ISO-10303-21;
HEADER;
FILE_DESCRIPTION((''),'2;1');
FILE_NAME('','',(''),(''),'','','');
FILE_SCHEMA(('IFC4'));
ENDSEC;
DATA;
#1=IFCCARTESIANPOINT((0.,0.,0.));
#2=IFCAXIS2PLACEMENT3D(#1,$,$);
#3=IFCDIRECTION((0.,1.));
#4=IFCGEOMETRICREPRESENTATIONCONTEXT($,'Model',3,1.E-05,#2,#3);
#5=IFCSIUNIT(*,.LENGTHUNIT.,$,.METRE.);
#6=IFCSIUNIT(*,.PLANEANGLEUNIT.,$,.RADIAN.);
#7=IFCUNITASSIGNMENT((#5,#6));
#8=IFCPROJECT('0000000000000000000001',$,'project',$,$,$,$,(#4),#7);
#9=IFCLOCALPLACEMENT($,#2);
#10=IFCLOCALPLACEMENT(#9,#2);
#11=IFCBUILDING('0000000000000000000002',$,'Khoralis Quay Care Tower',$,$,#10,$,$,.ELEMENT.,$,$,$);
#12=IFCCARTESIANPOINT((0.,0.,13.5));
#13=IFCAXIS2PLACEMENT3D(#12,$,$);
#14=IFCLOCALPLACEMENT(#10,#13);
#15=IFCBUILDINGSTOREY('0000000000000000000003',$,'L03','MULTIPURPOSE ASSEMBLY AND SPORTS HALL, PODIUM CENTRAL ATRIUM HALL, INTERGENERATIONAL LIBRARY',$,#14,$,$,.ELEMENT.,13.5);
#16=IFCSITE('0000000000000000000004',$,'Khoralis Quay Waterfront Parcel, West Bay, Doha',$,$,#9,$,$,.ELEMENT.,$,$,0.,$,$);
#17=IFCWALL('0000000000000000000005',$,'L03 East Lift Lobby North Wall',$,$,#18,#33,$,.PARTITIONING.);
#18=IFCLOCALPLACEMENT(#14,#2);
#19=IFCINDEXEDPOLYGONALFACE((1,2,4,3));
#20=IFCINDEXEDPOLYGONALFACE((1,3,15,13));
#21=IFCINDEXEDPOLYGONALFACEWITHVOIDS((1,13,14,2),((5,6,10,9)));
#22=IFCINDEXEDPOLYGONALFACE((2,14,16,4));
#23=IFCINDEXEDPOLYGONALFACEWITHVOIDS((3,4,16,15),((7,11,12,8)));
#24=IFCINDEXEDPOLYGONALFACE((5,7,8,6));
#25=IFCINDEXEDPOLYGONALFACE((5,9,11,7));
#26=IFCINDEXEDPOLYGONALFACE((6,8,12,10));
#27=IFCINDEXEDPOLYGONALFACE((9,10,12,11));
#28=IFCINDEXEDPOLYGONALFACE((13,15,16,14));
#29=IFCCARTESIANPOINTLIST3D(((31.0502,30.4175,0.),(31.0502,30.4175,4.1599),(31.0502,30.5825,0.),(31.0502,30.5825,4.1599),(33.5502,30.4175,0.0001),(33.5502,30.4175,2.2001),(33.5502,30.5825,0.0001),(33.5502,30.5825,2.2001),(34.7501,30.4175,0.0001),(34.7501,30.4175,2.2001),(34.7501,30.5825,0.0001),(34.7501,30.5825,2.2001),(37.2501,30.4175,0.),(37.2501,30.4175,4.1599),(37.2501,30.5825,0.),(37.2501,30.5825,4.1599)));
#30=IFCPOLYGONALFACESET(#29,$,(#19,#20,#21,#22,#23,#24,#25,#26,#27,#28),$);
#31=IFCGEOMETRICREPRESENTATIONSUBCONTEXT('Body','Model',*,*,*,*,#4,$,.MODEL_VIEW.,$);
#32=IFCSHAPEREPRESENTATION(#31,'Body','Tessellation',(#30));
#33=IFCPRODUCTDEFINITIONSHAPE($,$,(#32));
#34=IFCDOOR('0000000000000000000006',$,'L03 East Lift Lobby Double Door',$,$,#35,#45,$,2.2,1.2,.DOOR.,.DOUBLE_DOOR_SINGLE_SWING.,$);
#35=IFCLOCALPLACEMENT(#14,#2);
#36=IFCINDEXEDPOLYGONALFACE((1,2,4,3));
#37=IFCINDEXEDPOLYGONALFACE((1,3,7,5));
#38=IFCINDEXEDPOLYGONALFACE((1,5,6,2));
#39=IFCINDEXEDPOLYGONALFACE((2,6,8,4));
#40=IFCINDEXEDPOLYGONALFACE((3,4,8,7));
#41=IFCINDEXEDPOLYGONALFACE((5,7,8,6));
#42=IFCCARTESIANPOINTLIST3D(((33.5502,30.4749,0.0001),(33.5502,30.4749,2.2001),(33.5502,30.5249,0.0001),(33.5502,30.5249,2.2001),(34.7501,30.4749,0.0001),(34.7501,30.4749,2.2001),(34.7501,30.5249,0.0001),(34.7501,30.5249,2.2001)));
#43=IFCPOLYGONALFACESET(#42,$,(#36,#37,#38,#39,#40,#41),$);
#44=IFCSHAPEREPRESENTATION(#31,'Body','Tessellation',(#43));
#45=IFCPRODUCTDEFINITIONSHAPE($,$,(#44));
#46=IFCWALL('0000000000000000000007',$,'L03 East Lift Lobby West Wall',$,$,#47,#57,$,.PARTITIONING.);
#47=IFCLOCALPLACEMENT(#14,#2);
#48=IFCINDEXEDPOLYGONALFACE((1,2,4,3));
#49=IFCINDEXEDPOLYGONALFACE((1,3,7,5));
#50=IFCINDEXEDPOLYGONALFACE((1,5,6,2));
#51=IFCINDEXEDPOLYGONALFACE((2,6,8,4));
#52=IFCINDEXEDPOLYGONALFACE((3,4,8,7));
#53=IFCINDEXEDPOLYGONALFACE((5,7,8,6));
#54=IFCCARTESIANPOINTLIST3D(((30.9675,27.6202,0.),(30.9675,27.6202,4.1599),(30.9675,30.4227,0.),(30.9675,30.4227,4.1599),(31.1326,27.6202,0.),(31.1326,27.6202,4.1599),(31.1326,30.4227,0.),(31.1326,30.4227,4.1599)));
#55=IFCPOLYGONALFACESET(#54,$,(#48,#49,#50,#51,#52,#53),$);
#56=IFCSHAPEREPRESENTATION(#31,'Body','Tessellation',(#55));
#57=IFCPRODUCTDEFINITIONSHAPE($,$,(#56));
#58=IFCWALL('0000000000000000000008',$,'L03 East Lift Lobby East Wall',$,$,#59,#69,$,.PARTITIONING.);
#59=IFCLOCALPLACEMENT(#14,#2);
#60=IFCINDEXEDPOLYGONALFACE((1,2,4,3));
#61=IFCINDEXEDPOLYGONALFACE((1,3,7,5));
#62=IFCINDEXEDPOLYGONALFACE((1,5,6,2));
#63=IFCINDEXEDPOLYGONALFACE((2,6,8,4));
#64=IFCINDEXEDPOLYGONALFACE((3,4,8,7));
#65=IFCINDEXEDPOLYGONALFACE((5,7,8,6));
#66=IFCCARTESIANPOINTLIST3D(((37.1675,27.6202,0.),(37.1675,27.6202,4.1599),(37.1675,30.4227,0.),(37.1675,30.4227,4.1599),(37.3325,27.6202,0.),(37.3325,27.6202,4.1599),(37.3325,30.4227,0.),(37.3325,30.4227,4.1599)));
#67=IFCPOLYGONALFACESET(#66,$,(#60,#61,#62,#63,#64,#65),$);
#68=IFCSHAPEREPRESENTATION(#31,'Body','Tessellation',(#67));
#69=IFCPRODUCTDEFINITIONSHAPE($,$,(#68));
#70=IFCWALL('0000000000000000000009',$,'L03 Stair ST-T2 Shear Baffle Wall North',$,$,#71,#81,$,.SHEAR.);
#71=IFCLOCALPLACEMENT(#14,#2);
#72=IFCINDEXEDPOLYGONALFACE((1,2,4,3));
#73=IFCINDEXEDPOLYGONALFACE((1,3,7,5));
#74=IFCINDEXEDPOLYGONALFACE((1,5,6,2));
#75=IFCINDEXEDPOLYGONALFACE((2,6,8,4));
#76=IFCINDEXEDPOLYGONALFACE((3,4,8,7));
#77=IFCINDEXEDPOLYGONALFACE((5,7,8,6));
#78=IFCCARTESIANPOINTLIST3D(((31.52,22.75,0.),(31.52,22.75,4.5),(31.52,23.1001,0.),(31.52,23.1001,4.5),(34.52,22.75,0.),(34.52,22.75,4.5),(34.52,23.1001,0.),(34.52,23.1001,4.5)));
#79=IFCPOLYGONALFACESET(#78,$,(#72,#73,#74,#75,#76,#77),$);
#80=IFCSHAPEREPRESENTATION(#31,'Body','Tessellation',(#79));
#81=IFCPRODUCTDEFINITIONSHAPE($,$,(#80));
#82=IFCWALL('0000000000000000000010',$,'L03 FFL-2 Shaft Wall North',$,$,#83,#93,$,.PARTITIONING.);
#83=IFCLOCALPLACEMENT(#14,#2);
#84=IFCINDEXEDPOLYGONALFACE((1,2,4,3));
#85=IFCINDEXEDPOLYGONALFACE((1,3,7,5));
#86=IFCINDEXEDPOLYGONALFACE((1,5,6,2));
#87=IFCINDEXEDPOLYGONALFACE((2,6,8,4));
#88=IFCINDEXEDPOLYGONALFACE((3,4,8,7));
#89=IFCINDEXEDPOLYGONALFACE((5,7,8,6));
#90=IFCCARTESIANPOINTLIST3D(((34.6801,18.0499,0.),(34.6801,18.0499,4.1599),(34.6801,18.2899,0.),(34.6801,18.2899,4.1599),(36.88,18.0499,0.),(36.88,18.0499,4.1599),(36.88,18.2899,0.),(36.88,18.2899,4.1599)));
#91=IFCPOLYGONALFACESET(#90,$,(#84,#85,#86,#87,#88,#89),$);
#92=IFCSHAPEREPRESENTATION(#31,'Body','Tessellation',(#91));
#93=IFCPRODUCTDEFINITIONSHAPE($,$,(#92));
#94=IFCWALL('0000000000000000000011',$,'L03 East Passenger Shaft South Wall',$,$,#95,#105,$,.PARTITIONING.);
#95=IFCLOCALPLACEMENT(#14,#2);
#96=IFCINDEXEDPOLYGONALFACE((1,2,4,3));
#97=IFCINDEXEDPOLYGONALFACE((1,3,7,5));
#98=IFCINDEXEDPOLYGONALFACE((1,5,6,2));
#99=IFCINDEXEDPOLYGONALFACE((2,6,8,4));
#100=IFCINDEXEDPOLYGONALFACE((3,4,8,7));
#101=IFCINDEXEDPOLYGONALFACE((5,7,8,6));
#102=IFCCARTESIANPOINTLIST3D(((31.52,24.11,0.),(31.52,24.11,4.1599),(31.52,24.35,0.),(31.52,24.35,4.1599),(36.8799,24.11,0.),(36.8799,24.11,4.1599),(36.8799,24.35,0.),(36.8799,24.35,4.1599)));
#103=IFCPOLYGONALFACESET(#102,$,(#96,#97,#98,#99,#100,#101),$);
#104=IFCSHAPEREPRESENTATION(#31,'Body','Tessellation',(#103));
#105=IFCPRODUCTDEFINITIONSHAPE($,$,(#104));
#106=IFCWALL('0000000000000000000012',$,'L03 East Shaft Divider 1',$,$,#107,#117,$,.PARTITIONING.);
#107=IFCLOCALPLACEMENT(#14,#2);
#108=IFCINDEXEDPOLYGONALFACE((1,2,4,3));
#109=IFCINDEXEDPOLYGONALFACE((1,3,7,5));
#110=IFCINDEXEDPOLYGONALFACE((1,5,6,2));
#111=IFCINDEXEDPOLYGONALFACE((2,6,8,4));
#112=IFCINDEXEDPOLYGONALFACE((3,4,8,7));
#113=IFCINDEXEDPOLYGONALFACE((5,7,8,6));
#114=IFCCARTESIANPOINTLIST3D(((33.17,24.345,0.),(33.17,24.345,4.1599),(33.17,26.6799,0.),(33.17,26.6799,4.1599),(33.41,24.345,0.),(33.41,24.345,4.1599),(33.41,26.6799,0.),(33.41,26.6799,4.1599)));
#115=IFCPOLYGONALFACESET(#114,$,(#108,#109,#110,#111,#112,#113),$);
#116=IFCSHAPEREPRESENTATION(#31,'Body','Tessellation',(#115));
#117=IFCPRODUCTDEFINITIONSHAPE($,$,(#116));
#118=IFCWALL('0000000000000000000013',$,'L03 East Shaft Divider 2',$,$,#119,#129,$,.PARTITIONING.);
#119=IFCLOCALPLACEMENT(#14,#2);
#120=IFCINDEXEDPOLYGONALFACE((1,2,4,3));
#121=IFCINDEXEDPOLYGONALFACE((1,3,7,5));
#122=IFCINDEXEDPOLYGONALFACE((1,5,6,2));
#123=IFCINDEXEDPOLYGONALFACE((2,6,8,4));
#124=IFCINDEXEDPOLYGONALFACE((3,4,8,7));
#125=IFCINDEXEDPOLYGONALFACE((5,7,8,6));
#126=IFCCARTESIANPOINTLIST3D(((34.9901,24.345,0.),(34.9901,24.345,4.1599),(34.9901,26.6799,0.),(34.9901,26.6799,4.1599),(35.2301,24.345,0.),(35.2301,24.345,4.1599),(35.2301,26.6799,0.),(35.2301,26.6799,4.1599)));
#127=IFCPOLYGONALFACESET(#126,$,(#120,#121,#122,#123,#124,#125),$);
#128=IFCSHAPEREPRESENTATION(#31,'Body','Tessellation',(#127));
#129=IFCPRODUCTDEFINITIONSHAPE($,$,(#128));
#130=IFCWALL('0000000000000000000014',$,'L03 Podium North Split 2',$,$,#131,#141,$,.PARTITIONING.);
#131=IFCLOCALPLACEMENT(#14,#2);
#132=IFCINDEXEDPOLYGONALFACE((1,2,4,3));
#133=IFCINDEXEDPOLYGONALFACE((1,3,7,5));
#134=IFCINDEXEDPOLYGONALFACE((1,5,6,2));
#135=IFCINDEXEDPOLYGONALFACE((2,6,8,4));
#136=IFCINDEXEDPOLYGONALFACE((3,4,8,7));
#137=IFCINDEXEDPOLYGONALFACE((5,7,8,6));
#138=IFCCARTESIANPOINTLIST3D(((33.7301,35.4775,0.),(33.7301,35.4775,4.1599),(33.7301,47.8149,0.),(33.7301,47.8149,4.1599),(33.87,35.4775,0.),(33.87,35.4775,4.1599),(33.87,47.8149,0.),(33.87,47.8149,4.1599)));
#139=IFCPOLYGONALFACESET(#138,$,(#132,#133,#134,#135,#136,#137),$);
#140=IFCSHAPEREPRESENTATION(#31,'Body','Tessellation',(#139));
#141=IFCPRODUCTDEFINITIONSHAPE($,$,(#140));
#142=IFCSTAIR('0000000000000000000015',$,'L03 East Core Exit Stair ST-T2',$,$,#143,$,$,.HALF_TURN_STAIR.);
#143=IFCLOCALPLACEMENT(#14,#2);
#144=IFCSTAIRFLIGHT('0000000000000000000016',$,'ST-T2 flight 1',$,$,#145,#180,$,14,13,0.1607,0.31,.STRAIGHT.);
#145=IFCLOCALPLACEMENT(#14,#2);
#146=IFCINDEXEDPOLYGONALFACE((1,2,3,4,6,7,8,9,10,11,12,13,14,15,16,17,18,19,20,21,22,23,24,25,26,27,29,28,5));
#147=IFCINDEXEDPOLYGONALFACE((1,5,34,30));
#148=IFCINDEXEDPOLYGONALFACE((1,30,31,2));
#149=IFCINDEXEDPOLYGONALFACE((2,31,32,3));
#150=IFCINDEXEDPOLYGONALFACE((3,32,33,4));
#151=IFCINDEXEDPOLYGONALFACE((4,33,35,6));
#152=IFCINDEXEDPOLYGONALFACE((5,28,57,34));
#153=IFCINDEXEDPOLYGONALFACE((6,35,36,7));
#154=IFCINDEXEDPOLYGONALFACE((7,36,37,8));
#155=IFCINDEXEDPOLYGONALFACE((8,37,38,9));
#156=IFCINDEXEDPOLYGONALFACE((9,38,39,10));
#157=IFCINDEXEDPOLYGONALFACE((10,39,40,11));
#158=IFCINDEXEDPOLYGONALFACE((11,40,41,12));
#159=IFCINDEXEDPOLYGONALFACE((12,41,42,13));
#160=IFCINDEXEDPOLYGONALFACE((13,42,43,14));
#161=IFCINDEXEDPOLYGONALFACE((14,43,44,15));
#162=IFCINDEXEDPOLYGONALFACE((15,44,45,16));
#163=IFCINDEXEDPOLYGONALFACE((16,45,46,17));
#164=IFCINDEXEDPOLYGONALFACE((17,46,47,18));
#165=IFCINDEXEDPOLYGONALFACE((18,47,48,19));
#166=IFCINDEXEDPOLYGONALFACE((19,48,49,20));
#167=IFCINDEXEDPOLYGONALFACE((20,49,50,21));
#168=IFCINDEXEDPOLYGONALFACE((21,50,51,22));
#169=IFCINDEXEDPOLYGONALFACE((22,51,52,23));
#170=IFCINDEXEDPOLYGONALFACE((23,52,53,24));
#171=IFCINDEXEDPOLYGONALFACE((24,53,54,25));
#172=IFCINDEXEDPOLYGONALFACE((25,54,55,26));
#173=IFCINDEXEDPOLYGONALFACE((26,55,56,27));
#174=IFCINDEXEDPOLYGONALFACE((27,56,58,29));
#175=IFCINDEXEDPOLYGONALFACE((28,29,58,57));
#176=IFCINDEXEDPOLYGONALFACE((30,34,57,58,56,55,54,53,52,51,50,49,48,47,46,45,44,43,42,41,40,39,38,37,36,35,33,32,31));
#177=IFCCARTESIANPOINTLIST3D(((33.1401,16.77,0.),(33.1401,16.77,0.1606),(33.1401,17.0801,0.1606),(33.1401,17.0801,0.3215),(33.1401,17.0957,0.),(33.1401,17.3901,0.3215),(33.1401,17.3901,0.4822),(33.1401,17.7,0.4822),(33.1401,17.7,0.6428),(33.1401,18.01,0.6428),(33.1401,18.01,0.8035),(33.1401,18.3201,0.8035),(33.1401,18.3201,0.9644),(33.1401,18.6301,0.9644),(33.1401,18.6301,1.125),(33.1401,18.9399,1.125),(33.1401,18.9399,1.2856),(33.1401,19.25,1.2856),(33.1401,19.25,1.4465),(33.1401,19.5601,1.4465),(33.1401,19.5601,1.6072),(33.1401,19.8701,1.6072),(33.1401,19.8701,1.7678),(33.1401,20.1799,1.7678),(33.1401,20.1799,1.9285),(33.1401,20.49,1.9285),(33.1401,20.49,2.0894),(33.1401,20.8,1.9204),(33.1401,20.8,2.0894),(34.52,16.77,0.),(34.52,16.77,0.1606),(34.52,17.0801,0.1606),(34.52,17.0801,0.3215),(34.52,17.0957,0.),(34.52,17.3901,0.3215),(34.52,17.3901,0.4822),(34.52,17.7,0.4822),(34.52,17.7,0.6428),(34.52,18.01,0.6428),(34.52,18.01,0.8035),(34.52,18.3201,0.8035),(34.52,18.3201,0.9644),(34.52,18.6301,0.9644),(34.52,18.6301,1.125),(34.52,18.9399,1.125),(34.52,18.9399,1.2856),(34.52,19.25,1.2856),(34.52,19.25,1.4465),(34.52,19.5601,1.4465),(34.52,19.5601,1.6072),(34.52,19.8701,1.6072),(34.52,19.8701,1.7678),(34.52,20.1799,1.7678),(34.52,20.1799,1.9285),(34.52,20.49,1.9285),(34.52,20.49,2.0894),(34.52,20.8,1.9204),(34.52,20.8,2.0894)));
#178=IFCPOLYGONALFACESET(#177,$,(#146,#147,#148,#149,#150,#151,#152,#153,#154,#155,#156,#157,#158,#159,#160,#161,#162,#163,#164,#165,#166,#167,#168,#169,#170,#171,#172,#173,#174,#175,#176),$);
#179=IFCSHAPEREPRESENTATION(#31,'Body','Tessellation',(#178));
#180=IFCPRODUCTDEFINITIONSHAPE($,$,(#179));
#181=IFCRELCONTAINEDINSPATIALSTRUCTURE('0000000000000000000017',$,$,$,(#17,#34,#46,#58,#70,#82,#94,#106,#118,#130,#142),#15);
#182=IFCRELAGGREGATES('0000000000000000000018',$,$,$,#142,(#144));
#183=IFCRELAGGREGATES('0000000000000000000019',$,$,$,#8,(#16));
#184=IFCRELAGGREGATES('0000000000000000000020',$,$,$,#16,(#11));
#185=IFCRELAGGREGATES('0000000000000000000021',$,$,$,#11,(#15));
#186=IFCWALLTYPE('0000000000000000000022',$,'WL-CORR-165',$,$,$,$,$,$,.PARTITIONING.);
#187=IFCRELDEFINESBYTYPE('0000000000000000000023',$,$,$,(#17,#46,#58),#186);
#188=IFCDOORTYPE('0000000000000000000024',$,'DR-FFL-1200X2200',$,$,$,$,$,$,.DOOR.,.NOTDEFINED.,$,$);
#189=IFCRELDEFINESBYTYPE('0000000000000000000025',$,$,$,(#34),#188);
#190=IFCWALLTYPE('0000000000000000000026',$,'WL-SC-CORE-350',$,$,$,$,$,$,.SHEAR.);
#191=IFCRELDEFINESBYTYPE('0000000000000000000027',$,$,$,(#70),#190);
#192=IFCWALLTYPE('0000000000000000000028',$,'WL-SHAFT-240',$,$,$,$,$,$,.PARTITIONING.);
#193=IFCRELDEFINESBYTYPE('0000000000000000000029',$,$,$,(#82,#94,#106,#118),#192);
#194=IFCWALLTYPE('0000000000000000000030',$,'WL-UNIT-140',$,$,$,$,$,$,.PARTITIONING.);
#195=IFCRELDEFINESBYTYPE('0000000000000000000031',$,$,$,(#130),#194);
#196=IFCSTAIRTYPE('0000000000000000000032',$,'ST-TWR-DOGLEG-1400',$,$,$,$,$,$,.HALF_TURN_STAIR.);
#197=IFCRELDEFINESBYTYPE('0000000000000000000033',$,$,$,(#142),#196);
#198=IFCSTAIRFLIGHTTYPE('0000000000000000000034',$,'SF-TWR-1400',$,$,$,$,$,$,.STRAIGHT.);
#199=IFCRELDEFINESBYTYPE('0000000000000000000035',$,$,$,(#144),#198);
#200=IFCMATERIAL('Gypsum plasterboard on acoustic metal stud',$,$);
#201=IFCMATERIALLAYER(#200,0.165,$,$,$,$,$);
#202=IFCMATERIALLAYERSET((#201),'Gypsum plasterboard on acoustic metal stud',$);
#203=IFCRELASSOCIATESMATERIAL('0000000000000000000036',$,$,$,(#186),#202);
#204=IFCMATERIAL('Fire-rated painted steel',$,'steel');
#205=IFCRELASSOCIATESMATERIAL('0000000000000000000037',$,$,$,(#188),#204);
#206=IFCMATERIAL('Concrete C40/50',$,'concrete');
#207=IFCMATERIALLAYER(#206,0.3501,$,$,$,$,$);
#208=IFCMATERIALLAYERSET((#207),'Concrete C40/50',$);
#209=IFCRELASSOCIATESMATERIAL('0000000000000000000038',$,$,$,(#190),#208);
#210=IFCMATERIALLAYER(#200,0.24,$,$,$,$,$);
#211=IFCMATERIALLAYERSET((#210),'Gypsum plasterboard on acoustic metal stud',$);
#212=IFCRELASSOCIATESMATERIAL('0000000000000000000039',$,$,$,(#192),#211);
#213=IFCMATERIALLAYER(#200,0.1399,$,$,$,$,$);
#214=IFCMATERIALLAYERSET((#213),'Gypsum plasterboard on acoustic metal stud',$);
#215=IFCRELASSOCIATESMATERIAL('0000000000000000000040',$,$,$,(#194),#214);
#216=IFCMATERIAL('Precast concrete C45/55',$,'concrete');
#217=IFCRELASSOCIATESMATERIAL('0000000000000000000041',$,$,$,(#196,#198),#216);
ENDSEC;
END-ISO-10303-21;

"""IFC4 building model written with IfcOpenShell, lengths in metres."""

from ifc_helpers import new_model, si_unit, direction, frame, frame_2d, origin, place, context, subcontext, project, spatial, polyline, rectangle, outline, extrude, source, transform, mapped, material, layer, layer_set, type_object, element, fill, aggregate, save


model = new_model("IFC4")

# Units and contexts
model_context = context("Model", 3, precision=1e-05, world=origin(), true_north=direction((0.0, 1.0)))
body_context = subcontext(model_context, "Body", "Model", "MODEL_VIEW")
ifc_project = project(units=[si_unit("LENGTHUNIT", "METRE"), si_unit("PLANEANGLEUNIT", "RADIAN")], contexts=[model_context])

# Site, building, storey
site_placement = place(None, origin())
site = spatial("IfcSite", under=ifc_project, at=site_placement, Name="Khoralis Quay Waterfront Parcel, West Bay, Doha", CompositionType="ELEMENT", RefElevation=0.0)
building_placement = place(site_placement, origin())
building = spatial("IfcBuilding", under=site, at=building_placement, Name="Khoralis Quay Care Tower", CompositionType="ELEMENT")
storey_placement = place(building_placement, frame((0.0, 0.0, 13.5)))
storey = spatial("IfcBuildingStorey", under=building, at=storey_placement, Name="L03", Description="MULTIPURPOSE ASSEMBLY AND SPORTS HALL, PODIUM CENTRAL ATRIUM HALL, INTERGENERATIONAL LIBRARY", CompositionType="ELEMENT", Elevation=13.5)

# Wall, opening, door
ifc_material_1 = material(Name="Gypsum plasterboard on acoustic metal stud")
ifc_layer_1 = layer(ifc_material_1, 0.165)
ifc_layer_set_1 = layer_set([ifc_layer_1], Name="Gypsum plasterboard on acoustic metal stud")
wall_type_1 = type_object("IfcWallType", Name="WL-CORR-165", PredefinedType="PARTITIONING", material=ifc_layer_set_1)
wall_1_placement = place(storey_placement, frame((31.05, 30.5, 0.0), z_axis=(0.0, 0.0, 1.0), x_axis=(1.0, 0.0, 0.0)))
wall_1 = element("IfcWall", 1, at=wall_1_placement, inside=storey, type_object=wall_type_1, Name="L03 East Lift Lobby North Wall", PredefinedType="PARTITIONING", context=body_context, shape_type="SweptSolid", body=[
    extrude(rectangle(XDim=6.2, YDim=0.165, at=frame_2d((3.1001, 0.0))), origin(), (0.0, 0.0, 1.0), 4.1599),
])
opening_1_placement = place(wall_1_placement, frame((2.5, 0.0, 0.0)))
opening_1 = element("IfcOpeningElement", 2, at=opening_1_placement, cuts=wall_1, PredefinedType="OPENING", context=body_context, shape_type="SweptSolid", body=[
    extrude(rectangle(XDim=1.2, YDim=2.2, at=frame_2d((0.6001, 1.1001))), frame((0.0, 0.0925, 0.0), z_axis=(0.0, -1.0, 0.0), x_axis=(1.0, 0.0, 0.0)), (0.0, 0.0, 1.0), 0.1851),
])
ifc_material_2 = material(Name="Fire-rated painted steel", Category="steel")
door_type_1 = type_object("IfcDoorType", Name="DR-FFL-1200X2200", OperationType="NOTDEFINED", PredefinedType="DOOR", material=ifc_material_2)
shared_shape_1 = source(origin(), body_context, "Body", "SweptSolid", [
    extrude(rectangle(XDim=1.2, YDim=2.2, at=frame_2d((0.6001, 1.1001))), frame((0.0, 0.0249, 0.0), z_axis=(0.0, -1.0, 0.0), x_axis=(1.0, 0.0, 0.0)), (0.0, 0.0, 1.0), 0.05),
])
door_1_placement = place(opening_1_placement, origin())
door_1 = element("IfcDoor", 3, at=door_1_placement, inside=storey, type_object=door_type_1, Name="L03 East Lift Lobby Double Door", OperationType="DOUBLE_DOOR_SINGLE_SWING", OverallHeight=2.2, OverallWidth=1.2, PredefinedType="DOOR", context=body_context, shape_type="MappedRepresentation", body=[
    mapped(shared_shape_1, transform((0.0, 0.0, 0.0), scale=1.0)),
])
fill(opening_1, door_1)

# Walls
for number, where, z_axis, x_axis, name in (
    (4, (31.05, 27.6201, 0.0), (0.0, 0.0, 1.0), (0.0, 1.0, 0.0), "L03 East Lift Lobby West Wall"),
    (5, (37.25, 27.6201, 0.0), (0.0, 0.0, 1.0), (0.0, 1.0, 0.0), "L03 East Lift Lobby East Wall"),
):
    element("IfcWall", number, at=place(storey_placement, frame(where, z_axis=z_axis, x_axis=x_axis)), inside=storey, type_object=wall_type_1, Name=name, PredefinedType="PARTITIONING", context=body_context, shape_type="SweptSolid", body=[
        extrude(rectangle(XDim=2.8025, YDim=0.165, at=frame_2d((1.4014, 0.0))), origin(), (0.0, 0.0, 1.0), 4.1599),
    ])
ifc_material_3 = material(Name="Concrete C40/50", Category="concrete")
ifc_layer_2 = layer(ifc_material_3, 0.3501)
ifc_layer_set_2 = layer_set([ifc_layer_2], Name="Concrete C40/50")
wall_type_2 = type_object("IfcWallType", Name="WL-SC-CORE-350", PredefinedType="SHEAR", material=ifc_layer_set_2)
wall_2_placement = place(storey_placement, frame((31.52, 22.925, 0.0), z_axis=(0.0, 0.0, 1.0), x_axis=(1.0, 0.0, 0.0)))
element("IfcWall", 6, at=wall_2_placement, inside=storey, type_object=wall_type_2, Name="L03 Stair ST-T2 Shear Baffle Wall North", PredefinedType="SHEAR", context=body_context, shape_type="SweptSolid", body=[
    extrude(rectangle(XDim=3.0, YDim=0.3501, at=frame_2d((1.5, 0.0))), origin(), (0.0, 0.0, 1.0), 4.5),
])
ifc_layer_3 = layer(ifc_material_1, 0.24)
ifc_layer_set_3 = layer_set([ifc_layer_3], Name="Gypsum plasterboard on acoustic metal stud")
wall_type_3 = type_object("IfcWallType", Name="WL-SHAFT-240", PredefinedType="PARTITIONING", material=ifc_layer_set_3)
wall_3_placement = place(storey_placement, frame((34.6799, 18.1699, 0.0), z_axis=(0.0, 0.0, 1.0), x_axis=(1.0, 0.0, 0.0)))
element("IfcWall", 7, at=wall_3_placement, inside=storey, type_object=wall_type_3, Name="L03 FFL-2 Shaft Wall North", PredefinedType="PARTITIONING", context=body_context, shape_type="SweptSolid", body=[
    extrude(rectangle(XDim=2.2, YDim=0.24, at=frame_2d((1.1001, 0.0))), origin(), (0.0, 0.0, 1.0), 4.1599),
])
wall_4_placement = place(storey_placement, frame((31.52, 24.23, 0.0), z_axis=(0.0, 0.0, 1.0), x_axis=(1.0, 0.0, 0.0)))
element("IfcWall", 8, at=wall_4_placement, inside=storey, type_object=wall_type_3, Name="L03 East Passenger Shaft South Wall", PredefinedType="PARTITIONING", context=body_context, shape_type="SweptSolid", body=[
    extrude(rectangle(XDim=5.3599, YDim=0.24, at=frame_2d((2.6799, 0.0))), origin(), (0.0, 0.0, 1.0), 4.1599),
])
for number, where, z_axis, x_axis, name in (
    (9, (33.29, 24.345, 0.0), (0.0, 0.0, 1.0), (0.0, 1.0, 0.0), "L03 East Shaft Divider 1"),
    (10, (35.1101, 24.345, 0.0), (0.0, 0.0, 1.0), (0.0, 1.0, 0.0), "L03 East Shaft Divider 2"),
):
    element("IfcWall", number, at=place(storey_placement, frame(where, z_axis=z_axis, x_axis=x_axis)), inside=storey, type_object=wall_type_3, Name=name, PredefinedType="PARTITIONING", context=body_context, shape_type="SweptSolid", body=[
        extrude(rectangle(XDim=2.335, YDim=0.24, at=frame_2d((1.1675, 0.0))), origin(), (0.0, 0.0, 1.0), 4.1599),
    ])
ifc_layer_4 = layer(ifc_material_1, 0.1399)
ifc_layer_set_4 = layer_set([ifc_layer_4], Name="Gypsum plasterboard on acoustic metal stud")
wall_type_4 = type_object("IfcWallType", Name="WL-UNIT-140", PredefinedType="PARTITIONING", material=ifc_layer_set_4)
wall_5_placement = place(storey_placement, frame((33.8, 35.4775, 0.0), z_axis=(0.0, 0.0, 1.0), x_axis=(0.0, 1.0, 0.0)))
element("IfcWall", 11, at=wall_5_placement, inside=storey, type_object=wall_type_4, Name="L03 Podium North Split 2", PredefinedType="PARTITIONING", context=body_context, shape_type="SweptSolid", body=[
    extrude(rectangle(XDim=12.3374, YDim=0.1399, at=frame_2d((6.1687, 0.0))), origin(), (0.0, 0.0, 1.0), 4.1599),
])

# Stair, stair flight
ifc_material_4 = material(Name="Precast concrete C45/55", Category="concrete")
stair_type = type_object("IfcStairType", Name="ST-TWR-DOGLEG-1400", PredefinedType="HALF_TURN_STAIR", material=ifc_material_4)
stair_placement = place(storey_placement, origin())
stair = element("IfcStair", 12, at=stair_placement, inside=storey, type_object=stair_type, Name="L03 East Core Exit Stair ST-T2", PredefinedType="HALF_TURN_STAIR")
stair_flight_type = type_object("IfcStairFlightType", Name="SF-TWR-1400", PredefinedType="STRAIGHT", material=ifc_material_4)
shared_shape_2 = source(origin(), body_context, "Body", "SweptSolid", [
    extrude(outline(polyline([(0.0, 0.0), (0.0, 0.1606), (0.3101, 0.1606), (0.3101, 0.3215), (0.6201, 0.3215), (0.6201, 0.4822), (0.9299, 0.4822), (0.9299, 0.6428), (1.24, 0.6428), (1.24, 0.8035), (1.55, 0.8035), (1.55, 0.9644), (1.8601, 0.9644), (1.8601, 1.125), (2.1699, 1.125), (2.1699, 1.2856), (2.48, 1.2856), (2.48, 1.4465), (2.79, 1.4465), (2.79, 1.6072), (3.1001, 1.6072), (3.1001, 1.7678), (3.4099, 1.7678), (3.4099, 1.9285), (3.72, 1.9285), (3.72, 2.0894), (4.03, 2.0894), (4.03, 2.25), (4.03, 1.9204), (0.3257, 0.0), (0.0, 0.0)])), frame((0.0, 0.6899, 0.0), z_axis=(0.0, -1.0, 0.0), x_axis=(1.0, 0.0, 0.0)), (0.0, 0.0, 1.0), 1.3799),
])
stair_flight_1_placement = place(storey_placement, frame((33.8301, 16.77, 0.0), z_axis=(0.0, 0.0, 1.0), x_axis=(0.0, 1.0, 0.0)))
stair_flight_1 = element("IfcStairFlight", 13, at=stair_flight_1_placement, type_object=stair_flight_type, Name="ST-T2 flight 1", NumberOfRisers=14, NumberOfTreads=13, PredefinedType="STRAIGHT", RiserHeight=0.1607, TreadLength=0.31, context=body_context, shape_type="MappedRepresentation", body=[
    mapped(shared_shape_2, transform((0.0, 0.0, 0.0), scale=1.0)),
])
aggregate(stair, [stair_flight_1])

save(model, "model.ifc")
